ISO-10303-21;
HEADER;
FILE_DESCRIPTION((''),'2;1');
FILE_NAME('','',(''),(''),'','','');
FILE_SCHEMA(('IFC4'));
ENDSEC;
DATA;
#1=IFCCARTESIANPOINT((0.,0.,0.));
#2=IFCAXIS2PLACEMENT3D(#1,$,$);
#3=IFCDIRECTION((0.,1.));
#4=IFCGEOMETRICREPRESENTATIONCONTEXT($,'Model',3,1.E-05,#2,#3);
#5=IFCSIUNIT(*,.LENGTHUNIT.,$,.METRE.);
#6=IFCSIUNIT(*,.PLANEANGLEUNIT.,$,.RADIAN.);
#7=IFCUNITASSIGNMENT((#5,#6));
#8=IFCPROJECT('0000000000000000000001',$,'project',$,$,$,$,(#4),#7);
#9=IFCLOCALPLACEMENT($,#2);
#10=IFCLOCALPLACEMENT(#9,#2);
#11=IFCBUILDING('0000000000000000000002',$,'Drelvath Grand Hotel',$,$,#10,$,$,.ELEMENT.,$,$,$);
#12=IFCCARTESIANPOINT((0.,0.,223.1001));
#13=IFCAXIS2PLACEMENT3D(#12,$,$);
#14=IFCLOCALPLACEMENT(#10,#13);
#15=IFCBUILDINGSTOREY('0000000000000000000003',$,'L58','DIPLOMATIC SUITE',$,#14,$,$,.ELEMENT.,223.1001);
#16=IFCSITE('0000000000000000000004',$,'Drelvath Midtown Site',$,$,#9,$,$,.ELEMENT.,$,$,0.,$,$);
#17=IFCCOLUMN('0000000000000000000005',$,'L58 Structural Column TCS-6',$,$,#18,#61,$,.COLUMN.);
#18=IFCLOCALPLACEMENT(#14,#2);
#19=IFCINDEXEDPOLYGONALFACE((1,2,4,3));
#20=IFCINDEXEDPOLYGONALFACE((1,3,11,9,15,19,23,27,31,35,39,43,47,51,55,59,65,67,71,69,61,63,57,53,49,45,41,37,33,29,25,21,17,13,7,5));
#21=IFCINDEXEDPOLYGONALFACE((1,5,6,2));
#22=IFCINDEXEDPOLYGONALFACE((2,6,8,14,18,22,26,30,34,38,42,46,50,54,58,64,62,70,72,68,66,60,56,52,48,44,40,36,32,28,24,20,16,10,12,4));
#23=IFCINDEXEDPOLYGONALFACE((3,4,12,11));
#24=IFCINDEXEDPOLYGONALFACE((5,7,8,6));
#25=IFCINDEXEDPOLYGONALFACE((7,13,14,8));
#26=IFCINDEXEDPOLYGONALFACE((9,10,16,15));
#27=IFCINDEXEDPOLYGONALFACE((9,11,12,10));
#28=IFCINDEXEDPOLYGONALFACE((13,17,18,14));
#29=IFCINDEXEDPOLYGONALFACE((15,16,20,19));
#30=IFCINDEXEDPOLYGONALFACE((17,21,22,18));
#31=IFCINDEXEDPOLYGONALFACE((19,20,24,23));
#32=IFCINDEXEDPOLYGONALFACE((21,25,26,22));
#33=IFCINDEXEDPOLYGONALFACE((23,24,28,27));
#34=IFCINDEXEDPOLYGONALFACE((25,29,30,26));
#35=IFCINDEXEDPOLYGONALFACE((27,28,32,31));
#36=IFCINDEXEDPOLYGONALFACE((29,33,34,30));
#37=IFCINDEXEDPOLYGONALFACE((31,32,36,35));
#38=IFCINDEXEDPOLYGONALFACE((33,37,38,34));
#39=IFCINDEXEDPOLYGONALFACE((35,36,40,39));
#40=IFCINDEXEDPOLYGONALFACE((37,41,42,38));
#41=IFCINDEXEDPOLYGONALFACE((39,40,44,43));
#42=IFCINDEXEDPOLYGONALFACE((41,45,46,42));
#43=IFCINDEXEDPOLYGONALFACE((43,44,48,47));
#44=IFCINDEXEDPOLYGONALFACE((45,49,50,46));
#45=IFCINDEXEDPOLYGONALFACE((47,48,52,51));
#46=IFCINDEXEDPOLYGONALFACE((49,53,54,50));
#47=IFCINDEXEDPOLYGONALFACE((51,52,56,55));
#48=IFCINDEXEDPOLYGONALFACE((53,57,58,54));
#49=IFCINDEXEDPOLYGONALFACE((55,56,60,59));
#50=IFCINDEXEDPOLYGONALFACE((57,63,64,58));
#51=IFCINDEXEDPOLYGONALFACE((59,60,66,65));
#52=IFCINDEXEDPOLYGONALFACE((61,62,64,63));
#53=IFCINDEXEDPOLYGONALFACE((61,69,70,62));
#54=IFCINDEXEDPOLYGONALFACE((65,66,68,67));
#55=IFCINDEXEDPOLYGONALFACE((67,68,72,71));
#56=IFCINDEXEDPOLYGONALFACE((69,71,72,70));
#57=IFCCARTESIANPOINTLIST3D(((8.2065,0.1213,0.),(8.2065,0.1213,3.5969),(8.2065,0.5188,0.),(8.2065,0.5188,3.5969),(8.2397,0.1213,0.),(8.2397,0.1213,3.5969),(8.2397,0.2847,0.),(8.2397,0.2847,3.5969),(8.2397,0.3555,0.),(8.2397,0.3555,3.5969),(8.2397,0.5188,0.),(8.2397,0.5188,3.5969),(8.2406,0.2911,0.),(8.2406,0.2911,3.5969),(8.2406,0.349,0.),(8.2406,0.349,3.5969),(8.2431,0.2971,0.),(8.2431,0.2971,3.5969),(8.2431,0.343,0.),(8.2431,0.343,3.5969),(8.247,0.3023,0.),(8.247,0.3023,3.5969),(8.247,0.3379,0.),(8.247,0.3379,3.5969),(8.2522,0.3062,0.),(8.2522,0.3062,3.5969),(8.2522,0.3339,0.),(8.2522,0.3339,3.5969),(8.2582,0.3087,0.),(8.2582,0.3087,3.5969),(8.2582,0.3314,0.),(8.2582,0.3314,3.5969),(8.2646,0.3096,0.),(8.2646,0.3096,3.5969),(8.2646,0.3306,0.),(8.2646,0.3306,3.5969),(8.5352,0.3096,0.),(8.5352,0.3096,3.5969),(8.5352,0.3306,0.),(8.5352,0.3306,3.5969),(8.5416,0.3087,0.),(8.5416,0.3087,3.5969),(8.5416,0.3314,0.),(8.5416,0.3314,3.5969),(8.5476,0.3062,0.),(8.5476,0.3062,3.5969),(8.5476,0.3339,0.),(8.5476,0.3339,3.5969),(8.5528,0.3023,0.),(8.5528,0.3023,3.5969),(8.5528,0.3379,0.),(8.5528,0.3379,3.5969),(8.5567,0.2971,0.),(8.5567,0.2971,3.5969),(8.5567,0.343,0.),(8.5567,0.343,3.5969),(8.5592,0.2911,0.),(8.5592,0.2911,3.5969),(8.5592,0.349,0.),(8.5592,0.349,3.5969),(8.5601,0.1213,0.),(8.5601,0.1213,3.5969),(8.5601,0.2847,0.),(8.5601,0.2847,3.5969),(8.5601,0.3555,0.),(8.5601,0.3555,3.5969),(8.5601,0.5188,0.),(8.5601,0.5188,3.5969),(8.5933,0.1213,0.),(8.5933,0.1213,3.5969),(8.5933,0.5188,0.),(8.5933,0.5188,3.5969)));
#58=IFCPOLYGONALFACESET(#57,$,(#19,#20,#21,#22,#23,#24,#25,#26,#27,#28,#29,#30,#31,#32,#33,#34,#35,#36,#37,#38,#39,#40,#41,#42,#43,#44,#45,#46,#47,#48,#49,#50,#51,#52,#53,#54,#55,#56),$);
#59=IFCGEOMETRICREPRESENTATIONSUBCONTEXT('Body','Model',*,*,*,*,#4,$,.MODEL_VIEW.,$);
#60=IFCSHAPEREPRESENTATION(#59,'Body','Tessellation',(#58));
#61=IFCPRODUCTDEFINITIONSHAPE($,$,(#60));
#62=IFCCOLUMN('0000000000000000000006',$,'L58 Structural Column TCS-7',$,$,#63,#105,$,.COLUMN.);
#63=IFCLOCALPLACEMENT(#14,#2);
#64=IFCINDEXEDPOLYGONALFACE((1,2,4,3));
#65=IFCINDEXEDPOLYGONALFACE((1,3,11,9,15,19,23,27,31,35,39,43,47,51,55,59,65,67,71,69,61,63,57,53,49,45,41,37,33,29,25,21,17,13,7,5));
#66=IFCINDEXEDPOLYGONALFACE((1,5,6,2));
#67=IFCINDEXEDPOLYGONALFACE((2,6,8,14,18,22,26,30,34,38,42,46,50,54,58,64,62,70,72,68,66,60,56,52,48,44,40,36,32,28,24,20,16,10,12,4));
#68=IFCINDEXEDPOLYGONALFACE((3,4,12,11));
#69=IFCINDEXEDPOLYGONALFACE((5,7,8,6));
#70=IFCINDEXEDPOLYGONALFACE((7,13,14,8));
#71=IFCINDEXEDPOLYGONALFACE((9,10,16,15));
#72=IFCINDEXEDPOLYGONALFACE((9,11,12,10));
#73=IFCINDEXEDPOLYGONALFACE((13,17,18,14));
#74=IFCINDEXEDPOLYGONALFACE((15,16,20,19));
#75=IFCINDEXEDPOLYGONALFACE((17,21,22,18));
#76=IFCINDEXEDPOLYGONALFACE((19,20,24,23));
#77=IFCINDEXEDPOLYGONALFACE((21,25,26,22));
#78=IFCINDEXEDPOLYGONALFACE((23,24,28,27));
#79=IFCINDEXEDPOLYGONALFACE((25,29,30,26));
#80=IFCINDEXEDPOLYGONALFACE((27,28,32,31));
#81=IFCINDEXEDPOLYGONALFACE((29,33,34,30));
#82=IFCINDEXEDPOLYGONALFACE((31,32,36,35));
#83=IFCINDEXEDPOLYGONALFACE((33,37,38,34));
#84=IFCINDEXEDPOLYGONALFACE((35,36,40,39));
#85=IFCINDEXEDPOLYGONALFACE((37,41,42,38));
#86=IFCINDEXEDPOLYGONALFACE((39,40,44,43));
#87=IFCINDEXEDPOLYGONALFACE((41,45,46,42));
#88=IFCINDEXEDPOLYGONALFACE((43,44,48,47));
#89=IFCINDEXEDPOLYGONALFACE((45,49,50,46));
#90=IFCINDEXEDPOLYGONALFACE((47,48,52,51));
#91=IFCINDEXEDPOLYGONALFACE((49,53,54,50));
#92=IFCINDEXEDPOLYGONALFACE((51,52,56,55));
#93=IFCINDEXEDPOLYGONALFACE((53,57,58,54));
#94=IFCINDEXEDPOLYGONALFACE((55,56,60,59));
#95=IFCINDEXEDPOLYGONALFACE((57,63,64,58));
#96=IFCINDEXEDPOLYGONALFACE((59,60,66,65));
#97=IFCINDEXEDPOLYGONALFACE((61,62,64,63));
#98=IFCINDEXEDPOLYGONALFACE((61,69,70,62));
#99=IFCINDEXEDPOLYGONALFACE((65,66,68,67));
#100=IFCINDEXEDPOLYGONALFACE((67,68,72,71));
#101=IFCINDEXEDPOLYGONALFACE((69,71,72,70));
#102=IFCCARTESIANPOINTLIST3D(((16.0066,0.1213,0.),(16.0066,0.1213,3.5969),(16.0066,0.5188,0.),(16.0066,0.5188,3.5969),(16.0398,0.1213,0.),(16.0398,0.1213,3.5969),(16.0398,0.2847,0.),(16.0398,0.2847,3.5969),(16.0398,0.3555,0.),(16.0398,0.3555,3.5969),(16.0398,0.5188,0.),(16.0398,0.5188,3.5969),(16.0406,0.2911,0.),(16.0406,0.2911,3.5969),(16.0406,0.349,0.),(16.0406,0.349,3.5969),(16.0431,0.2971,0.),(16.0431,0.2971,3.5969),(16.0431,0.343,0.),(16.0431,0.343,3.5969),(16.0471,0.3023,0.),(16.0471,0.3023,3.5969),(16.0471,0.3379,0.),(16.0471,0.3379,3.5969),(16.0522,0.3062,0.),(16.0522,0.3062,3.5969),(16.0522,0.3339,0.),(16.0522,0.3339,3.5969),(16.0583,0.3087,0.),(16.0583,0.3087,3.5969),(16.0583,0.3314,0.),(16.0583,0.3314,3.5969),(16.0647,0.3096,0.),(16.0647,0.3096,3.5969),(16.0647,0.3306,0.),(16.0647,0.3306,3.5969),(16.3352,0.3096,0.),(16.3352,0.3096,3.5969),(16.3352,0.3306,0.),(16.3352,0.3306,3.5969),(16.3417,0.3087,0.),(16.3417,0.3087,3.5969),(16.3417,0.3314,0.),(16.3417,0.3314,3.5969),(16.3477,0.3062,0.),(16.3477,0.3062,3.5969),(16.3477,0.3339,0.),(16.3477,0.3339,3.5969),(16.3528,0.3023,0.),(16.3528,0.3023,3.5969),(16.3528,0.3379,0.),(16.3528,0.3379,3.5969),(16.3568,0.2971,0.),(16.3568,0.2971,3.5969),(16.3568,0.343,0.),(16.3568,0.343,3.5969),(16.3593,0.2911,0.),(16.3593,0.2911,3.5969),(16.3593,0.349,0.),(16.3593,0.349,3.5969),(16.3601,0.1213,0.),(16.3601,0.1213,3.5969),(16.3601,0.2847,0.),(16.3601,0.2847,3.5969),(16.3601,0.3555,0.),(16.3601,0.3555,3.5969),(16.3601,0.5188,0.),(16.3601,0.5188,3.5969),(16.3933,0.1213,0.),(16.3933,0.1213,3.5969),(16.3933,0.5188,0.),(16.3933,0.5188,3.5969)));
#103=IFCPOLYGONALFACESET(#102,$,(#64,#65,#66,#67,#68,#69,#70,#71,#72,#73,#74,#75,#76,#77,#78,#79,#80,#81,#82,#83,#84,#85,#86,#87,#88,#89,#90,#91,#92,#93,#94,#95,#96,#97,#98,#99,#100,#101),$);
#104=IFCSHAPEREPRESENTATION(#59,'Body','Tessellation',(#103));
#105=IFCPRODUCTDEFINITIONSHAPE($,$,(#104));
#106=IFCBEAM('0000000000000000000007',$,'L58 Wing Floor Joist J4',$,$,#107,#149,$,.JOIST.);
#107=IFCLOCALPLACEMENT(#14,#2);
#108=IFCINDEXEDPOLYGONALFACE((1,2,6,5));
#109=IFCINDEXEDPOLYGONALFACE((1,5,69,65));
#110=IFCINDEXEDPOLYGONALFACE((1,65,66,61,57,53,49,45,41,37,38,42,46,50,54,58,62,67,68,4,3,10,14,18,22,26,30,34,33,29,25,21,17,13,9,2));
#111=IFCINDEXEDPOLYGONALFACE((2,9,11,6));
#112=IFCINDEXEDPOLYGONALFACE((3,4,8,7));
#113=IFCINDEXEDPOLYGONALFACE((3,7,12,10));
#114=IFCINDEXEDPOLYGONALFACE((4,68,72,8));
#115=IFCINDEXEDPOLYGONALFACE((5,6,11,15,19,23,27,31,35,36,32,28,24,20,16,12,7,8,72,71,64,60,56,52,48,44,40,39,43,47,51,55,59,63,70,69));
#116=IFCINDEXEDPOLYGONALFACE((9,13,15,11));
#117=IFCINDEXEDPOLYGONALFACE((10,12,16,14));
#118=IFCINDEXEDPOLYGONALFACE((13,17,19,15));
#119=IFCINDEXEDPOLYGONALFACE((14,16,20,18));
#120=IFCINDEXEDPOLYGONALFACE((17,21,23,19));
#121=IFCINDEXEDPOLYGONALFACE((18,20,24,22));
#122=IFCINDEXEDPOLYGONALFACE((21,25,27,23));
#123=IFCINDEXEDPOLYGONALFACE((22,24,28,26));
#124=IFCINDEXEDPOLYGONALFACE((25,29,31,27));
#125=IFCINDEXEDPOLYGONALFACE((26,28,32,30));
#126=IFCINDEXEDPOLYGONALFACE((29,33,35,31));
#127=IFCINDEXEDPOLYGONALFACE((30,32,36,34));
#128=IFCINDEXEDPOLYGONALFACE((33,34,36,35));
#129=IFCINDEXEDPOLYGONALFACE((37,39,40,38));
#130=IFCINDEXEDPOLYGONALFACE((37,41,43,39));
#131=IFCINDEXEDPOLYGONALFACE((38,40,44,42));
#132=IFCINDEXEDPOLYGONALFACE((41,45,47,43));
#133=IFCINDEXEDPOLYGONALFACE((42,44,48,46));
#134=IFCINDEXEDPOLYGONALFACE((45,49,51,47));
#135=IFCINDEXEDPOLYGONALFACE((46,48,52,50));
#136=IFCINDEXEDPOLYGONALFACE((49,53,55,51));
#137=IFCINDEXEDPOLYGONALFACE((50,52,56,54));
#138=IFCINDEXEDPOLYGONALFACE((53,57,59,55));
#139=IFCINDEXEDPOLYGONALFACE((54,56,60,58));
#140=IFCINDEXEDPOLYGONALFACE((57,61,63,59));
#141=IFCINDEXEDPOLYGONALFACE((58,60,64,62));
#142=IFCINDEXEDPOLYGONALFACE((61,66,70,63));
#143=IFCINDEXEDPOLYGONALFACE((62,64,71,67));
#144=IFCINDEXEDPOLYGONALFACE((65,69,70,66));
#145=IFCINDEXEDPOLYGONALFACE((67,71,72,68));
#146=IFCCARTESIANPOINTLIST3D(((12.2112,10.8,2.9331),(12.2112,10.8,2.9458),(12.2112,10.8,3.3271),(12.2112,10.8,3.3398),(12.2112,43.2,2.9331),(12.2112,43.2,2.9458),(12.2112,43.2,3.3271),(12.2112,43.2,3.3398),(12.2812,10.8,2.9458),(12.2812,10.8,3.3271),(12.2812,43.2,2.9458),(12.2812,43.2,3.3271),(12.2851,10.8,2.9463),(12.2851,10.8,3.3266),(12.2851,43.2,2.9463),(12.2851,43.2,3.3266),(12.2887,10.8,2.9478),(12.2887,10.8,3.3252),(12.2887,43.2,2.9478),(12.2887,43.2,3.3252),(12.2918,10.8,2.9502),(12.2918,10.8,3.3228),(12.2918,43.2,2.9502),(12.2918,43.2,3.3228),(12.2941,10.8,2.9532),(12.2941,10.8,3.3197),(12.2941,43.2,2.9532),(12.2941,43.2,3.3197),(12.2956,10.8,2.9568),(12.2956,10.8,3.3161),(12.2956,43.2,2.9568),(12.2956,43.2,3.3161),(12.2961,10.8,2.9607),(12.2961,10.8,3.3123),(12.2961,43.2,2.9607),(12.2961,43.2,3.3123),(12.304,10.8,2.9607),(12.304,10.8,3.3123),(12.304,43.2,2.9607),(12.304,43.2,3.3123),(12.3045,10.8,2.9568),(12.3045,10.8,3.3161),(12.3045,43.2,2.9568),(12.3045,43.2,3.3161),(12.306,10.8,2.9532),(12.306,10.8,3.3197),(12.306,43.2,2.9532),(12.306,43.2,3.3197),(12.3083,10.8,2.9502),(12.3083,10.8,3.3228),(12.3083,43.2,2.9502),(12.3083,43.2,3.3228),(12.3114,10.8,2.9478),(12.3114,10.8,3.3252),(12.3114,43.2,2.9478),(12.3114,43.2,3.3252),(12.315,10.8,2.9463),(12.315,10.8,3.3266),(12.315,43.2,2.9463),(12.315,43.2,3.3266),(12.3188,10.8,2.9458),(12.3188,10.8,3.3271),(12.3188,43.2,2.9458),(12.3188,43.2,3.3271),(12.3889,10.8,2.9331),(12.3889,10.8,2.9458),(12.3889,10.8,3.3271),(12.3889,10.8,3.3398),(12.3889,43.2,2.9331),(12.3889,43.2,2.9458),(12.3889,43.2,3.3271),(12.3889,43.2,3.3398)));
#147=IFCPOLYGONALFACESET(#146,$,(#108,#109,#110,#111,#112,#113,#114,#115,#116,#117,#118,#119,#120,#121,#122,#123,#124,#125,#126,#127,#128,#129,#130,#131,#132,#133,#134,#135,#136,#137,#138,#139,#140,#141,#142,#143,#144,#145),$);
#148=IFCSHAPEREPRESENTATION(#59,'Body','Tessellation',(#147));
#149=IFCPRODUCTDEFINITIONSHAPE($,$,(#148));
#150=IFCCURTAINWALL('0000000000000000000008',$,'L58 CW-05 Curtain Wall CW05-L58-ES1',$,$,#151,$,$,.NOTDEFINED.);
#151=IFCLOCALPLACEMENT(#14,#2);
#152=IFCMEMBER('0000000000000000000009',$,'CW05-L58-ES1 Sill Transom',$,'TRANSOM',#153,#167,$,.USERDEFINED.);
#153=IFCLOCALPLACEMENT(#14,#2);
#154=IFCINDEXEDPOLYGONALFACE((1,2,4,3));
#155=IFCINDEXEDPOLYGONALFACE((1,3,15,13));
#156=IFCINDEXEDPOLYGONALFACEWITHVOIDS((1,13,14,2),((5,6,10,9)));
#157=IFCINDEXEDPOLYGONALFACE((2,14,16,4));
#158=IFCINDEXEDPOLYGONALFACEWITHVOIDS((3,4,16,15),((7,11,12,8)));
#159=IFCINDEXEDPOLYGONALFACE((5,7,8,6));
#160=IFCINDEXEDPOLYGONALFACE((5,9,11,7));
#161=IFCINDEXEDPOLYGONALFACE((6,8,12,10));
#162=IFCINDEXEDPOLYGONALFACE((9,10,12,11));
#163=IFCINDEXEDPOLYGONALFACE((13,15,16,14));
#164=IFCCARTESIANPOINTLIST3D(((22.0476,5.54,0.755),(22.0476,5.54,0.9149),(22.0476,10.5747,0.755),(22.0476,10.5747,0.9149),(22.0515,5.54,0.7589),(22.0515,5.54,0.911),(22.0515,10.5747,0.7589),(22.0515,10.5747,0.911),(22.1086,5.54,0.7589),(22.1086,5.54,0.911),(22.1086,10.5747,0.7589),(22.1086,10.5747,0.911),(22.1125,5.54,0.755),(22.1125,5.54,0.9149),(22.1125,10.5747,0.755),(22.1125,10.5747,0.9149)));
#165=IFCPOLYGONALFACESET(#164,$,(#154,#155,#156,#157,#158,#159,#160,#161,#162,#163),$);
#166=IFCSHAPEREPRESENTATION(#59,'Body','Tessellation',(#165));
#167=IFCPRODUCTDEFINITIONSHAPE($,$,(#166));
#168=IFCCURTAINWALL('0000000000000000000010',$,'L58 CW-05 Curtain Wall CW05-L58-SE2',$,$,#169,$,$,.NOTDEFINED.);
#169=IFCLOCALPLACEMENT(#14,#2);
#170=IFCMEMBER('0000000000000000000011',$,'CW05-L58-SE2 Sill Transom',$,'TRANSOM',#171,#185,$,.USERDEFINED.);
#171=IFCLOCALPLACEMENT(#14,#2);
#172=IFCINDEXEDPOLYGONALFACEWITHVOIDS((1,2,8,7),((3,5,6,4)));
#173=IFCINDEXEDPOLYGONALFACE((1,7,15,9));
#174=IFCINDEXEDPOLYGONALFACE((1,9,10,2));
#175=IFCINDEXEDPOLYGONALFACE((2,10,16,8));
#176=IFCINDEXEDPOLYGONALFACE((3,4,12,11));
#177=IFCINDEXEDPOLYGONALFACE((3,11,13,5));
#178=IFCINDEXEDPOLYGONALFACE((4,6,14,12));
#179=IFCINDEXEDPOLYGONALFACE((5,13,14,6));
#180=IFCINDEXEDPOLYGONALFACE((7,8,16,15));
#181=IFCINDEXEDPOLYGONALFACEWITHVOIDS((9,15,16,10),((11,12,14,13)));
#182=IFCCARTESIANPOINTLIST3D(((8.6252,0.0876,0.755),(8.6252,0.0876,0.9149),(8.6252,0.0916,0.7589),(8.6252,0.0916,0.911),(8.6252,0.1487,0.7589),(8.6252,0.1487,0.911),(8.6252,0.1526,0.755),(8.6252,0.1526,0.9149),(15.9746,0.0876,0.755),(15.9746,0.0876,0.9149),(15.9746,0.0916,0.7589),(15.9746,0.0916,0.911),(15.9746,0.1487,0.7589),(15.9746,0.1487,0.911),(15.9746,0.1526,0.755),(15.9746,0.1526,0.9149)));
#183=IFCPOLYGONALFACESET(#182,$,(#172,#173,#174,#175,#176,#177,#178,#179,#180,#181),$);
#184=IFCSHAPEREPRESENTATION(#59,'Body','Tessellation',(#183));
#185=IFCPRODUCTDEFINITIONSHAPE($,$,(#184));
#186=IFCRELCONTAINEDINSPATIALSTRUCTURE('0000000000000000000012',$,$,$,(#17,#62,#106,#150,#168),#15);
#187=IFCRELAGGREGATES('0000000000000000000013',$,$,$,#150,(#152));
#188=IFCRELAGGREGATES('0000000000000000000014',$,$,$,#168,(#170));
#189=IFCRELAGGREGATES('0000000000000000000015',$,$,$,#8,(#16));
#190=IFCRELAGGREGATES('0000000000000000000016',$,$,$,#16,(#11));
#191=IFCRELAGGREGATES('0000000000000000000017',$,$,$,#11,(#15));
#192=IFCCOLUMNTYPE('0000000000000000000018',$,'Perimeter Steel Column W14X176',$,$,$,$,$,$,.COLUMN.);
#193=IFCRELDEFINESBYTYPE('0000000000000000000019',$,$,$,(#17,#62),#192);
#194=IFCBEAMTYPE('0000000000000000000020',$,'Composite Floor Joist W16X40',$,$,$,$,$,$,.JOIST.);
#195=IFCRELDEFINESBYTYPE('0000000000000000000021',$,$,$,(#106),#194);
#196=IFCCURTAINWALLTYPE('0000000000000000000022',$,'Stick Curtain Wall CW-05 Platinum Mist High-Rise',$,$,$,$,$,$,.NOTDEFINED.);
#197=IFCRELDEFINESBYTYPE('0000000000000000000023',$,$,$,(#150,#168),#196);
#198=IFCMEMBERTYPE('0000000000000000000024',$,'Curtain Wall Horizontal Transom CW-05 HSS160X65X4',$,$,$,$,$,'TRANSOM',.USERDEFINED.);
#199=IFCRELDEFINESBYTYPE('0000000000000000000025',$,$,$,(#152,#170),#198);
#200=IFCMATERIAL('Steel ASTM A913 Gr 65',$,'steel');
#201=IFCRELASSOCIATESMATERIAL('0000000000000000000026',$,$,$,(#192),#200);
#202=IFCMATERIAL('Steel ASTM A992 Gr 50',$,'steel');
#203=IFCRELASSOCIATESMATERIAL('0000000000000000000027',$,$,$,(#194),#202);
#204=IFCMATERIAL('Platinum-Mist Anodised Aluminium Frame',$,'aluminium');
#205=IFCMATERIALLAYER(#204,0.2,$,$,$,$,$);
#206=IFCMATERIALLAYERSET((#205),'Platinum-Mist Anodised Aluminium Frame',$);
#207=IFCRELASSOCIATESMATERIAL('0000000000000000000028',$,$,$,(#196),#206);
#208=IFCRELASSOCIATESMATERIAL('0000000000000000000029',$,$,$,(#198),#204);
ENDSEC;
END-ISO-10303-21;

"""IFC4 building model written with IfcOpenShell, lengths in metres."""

from ifc_helpers import new_model, si_unit, direction, frame, origin, origin_2d, place, context, subcontext, project, spatial, hollow_rectangle, i_section, extrude, material, layer, layer_set, material_profile, profile_set, type_object, element, aggregate, save


model = new_model("IFC4")

# Units and contexts
model_context = context("Model", 3, precision=1e-05, world=origin(), true_north=direction((0.0, 1.0)))
body_context = subcontext(model_context, "Body", "Model", "MODEL_VIEW")
ifc_project = project(units=[si_unit("LENGTHUNIT", "METRE"), si_unit("PLANEANGLEUNIT", "RADIAN")], contexts=[model_context])

# Site, building, storey
site_placement = place(None, origin())
site = spatial("IfcSite", under=ifc_project, at=site_placement, Name="Drelvath Midtown Site", CompositionType="ELEMENT", RefElevation=0.0)
building_placement = place(site_placement, origin())
building = spatial("IfcBuilding", under=site, at=building_placement, Name="Drelvath Grand Hotel", CompositionType="ELEMENT")
storey_placement = place(building_placement, frame((0.0, 0.0, 223.1001)))
storey = spatial("IfcBuildingStorey", under=building, at=storey_placement, Name="L58", Description="DIPLOMATIC SUITE", CompositionType="ELEMENT", Elevation=223.1001)

# Columns
ifc_material_1 = material(Name="Steel ASTM A913 Gr 65", Category="steel")
ifc_material_profile_1 = material_profile(ifc_material_1, i_section(OverallWidth=0.3975, OverallDepth=0.3867, WebThickness=0.021, FlangeThickness=0.0332, FilletRadius=0.0249, at=origin_2d()), Name="W14X176")
ifc_profile_set_1 = profile_set([ifc_material_profile_1], Name="Steel ASTM A913 Gr 65")
column_type = type_object("IfcColumnType", Name="Perimeter Steel Column W14X176", PredefinedType="COLUMN", material=ifc_profile_set_1)
for number, where, z_axis, x_axis, name in (
    (1, (8.3999, 0.3201, 0.0), (0.0, 0.0, 1.0), (0.0, 1.0, 0.0), "L58 Structural Column TCS-6"),
    (2, (16.2, 0.3201, 0.0), (0.0, 0.0, 1.0), (0.0, 1.0, 0.0), "L58 Structural Column TCS-7"),
):
    element("IfcColumn", number, at=place(storey_placement, frame(where, z_axis=z_axis, x_axis=x_axis)), inside=storey, type_object=column_type, Name=name, PredefinedType="COLUMN", context=body_context, shape_type="SweptSolid", body=[
        extrude(i_section(OverallWidth=0.3975, OverallDepth=0.3867, WebThickness=0.021, FlangeThickness=0.0332, FilletRadius=0.0249, at=origin_2d()), origin(), (0.0, 0.0, 1.0), 3.5969),
    ])

# Beam
ifc_material_2 = material(Name="Steel ASTM A992 Gr 50", Category="steel")
ifc_material_profile_2 = material_profile(ifc_material_2, i_section(OverallWidth=0.1777, OverallDepth=0.4067, WebThickness=0.0078, FlangeThickness=0.0127, FilletRadius=0.0149, at=origin_2d()), Name="W16X40")
ifc_profile_set_2 = profile_set([ifc_material_profile_2], Name="Steel ASTM A992 Gr 50")
beam_type_1 = type_object("IfcBeamType", Name="Composite Floor Joist W16X40", PredefinedType="JOIST", material=ifc_profile_set_2)
beam_1_placement = place(storey_placement, frame((12.3, 10.8, 3.1365), z_axis=(0.0, 1.0, 0.0), x_axis=(-1.0, 0.0, 0.0)))
element("IfcBeam", 3, at=beam_1_placement, inside=storey, type_object=beam_type_1, Name="L58 Wing Floor Joist J4", PredefinedType="JOIST", context=body_context, shape_type="SweptSolid", body=[
    extrude(i_section(OverallWidth=0.1777, OverallDepth=0.4067, WebThickness=0.0078, FlangeThickness=0.0127, FilletRadius=0.0149, at=origin_2d()), origin(), (0.0, 0.0, 1.0), 32.3999),
])

# Curtain walls, members
ifc_material_3 = material(Name="Platinum-Mist Anodised Aluminium Frame", Category="aluminium")
ifc_layer_1 = layer(ifc_material_3, 0.2)
ifc_layer_set_1 = layer_set([ifc_layer_1], Name="Platinum-Mist Anodised Aluminium Frame")
curtain_wall_type = type_object("IfcCurtainWallType", Name="Stick Curtain Wall CW-05 Platinum Mist High-Rise", PredefinedType="NOTDEFINED", material=ifc_layer_set_1)
curtain_wall_1_placement = place(storey_placement, origin())
curtain_wall_1 = element("IfcCurtainWall", 4, at=curtain_wall_1_placement, inside=storey, type_object=curtain_wall_type, Name="L58 CW-05 Curtain Wall CW05-L58-ES1", PredefinedType="NOTDEFINED")
ifc_material_profile_3 = material_profile(ifc_material_3, hollow_rectangle(XDim=0.0649, YDim=0.1599, WallThickness=0.0039, at=origin_2d()), Name="HSS160X65X4")
ifc_profile_set_3 = profile_set([ifc_material_profile_3], Name="Platinum-Mist Anodised Aluminium Frame")
member_type_1 = type_object("IfcMemberType", Name="Curtain Wall Horizontal Transom CW-05 HSS160X65X4", ElementType="TRANSOM", PredefinedType="USERDEFINED", material=ifc_profile_set_3)
member_1_placement = place(storey_placement, frame((22.0801, 10.5747, 0.835), z_axis=(0.0, -1.0, 0.0), x_axis=(1.0, 0.0, 0.0)))
member_1 = element("IfcMember", 5, at=member_1_placement, type_object=member_type_1, Name="CW05-L58-ES1 Sill Transom", ObjectType="TRANSOM", PredefinedType="USERDEFINED", context=body_context, shape_type="SweptSolid", body=[
    extrude(hollow_rectangle(XDim=0.0649, YDim=0.1599, WallThickness=0.0039, at=origin_2d()), origin(), (0.0, 0.0, 1.0), 5.0347),
])
curtain_wall_2_placement = place(storey_placement, origin())
curtain_wall_2 = element("IfcCurtainWall", 6, at=curtain_wall_2_placement, inside=storey, type_object=curtain_wall_type, Name="L58 CW-05 Curtain Wall CW05-L58-SE2", PredefinedType="NOTDEFINED")
member_2_placement = place(storey_placement, frame((15.9746, 0.1201, 0.835), z_axis=(-1.0, 0.0, 0.0), x_axis=(0.0, -1.0, 0.0)))
member_2 = element("IfcMember", 7, at=member_2_placement, type_object=member_type_1, Name="CW05-L58-SE2 Sill Transom", ObjectType="TRANSOM", PredefinedType="USERDEFINED", context=body_context, shape_type="SweptSolid", body=[
    extrude(hollow_rectangle(XDim=0.0649, YDim=0.1599, WallThickness=0.0039, at=origin_2d()), origin(), (0.0, 0.0, 1.0), 7.3494),
])

aggregate(curtain_wall_1, [member_1])
aggregate(curtain_wall_2, [member_2])

save(model, "model.ifc")
